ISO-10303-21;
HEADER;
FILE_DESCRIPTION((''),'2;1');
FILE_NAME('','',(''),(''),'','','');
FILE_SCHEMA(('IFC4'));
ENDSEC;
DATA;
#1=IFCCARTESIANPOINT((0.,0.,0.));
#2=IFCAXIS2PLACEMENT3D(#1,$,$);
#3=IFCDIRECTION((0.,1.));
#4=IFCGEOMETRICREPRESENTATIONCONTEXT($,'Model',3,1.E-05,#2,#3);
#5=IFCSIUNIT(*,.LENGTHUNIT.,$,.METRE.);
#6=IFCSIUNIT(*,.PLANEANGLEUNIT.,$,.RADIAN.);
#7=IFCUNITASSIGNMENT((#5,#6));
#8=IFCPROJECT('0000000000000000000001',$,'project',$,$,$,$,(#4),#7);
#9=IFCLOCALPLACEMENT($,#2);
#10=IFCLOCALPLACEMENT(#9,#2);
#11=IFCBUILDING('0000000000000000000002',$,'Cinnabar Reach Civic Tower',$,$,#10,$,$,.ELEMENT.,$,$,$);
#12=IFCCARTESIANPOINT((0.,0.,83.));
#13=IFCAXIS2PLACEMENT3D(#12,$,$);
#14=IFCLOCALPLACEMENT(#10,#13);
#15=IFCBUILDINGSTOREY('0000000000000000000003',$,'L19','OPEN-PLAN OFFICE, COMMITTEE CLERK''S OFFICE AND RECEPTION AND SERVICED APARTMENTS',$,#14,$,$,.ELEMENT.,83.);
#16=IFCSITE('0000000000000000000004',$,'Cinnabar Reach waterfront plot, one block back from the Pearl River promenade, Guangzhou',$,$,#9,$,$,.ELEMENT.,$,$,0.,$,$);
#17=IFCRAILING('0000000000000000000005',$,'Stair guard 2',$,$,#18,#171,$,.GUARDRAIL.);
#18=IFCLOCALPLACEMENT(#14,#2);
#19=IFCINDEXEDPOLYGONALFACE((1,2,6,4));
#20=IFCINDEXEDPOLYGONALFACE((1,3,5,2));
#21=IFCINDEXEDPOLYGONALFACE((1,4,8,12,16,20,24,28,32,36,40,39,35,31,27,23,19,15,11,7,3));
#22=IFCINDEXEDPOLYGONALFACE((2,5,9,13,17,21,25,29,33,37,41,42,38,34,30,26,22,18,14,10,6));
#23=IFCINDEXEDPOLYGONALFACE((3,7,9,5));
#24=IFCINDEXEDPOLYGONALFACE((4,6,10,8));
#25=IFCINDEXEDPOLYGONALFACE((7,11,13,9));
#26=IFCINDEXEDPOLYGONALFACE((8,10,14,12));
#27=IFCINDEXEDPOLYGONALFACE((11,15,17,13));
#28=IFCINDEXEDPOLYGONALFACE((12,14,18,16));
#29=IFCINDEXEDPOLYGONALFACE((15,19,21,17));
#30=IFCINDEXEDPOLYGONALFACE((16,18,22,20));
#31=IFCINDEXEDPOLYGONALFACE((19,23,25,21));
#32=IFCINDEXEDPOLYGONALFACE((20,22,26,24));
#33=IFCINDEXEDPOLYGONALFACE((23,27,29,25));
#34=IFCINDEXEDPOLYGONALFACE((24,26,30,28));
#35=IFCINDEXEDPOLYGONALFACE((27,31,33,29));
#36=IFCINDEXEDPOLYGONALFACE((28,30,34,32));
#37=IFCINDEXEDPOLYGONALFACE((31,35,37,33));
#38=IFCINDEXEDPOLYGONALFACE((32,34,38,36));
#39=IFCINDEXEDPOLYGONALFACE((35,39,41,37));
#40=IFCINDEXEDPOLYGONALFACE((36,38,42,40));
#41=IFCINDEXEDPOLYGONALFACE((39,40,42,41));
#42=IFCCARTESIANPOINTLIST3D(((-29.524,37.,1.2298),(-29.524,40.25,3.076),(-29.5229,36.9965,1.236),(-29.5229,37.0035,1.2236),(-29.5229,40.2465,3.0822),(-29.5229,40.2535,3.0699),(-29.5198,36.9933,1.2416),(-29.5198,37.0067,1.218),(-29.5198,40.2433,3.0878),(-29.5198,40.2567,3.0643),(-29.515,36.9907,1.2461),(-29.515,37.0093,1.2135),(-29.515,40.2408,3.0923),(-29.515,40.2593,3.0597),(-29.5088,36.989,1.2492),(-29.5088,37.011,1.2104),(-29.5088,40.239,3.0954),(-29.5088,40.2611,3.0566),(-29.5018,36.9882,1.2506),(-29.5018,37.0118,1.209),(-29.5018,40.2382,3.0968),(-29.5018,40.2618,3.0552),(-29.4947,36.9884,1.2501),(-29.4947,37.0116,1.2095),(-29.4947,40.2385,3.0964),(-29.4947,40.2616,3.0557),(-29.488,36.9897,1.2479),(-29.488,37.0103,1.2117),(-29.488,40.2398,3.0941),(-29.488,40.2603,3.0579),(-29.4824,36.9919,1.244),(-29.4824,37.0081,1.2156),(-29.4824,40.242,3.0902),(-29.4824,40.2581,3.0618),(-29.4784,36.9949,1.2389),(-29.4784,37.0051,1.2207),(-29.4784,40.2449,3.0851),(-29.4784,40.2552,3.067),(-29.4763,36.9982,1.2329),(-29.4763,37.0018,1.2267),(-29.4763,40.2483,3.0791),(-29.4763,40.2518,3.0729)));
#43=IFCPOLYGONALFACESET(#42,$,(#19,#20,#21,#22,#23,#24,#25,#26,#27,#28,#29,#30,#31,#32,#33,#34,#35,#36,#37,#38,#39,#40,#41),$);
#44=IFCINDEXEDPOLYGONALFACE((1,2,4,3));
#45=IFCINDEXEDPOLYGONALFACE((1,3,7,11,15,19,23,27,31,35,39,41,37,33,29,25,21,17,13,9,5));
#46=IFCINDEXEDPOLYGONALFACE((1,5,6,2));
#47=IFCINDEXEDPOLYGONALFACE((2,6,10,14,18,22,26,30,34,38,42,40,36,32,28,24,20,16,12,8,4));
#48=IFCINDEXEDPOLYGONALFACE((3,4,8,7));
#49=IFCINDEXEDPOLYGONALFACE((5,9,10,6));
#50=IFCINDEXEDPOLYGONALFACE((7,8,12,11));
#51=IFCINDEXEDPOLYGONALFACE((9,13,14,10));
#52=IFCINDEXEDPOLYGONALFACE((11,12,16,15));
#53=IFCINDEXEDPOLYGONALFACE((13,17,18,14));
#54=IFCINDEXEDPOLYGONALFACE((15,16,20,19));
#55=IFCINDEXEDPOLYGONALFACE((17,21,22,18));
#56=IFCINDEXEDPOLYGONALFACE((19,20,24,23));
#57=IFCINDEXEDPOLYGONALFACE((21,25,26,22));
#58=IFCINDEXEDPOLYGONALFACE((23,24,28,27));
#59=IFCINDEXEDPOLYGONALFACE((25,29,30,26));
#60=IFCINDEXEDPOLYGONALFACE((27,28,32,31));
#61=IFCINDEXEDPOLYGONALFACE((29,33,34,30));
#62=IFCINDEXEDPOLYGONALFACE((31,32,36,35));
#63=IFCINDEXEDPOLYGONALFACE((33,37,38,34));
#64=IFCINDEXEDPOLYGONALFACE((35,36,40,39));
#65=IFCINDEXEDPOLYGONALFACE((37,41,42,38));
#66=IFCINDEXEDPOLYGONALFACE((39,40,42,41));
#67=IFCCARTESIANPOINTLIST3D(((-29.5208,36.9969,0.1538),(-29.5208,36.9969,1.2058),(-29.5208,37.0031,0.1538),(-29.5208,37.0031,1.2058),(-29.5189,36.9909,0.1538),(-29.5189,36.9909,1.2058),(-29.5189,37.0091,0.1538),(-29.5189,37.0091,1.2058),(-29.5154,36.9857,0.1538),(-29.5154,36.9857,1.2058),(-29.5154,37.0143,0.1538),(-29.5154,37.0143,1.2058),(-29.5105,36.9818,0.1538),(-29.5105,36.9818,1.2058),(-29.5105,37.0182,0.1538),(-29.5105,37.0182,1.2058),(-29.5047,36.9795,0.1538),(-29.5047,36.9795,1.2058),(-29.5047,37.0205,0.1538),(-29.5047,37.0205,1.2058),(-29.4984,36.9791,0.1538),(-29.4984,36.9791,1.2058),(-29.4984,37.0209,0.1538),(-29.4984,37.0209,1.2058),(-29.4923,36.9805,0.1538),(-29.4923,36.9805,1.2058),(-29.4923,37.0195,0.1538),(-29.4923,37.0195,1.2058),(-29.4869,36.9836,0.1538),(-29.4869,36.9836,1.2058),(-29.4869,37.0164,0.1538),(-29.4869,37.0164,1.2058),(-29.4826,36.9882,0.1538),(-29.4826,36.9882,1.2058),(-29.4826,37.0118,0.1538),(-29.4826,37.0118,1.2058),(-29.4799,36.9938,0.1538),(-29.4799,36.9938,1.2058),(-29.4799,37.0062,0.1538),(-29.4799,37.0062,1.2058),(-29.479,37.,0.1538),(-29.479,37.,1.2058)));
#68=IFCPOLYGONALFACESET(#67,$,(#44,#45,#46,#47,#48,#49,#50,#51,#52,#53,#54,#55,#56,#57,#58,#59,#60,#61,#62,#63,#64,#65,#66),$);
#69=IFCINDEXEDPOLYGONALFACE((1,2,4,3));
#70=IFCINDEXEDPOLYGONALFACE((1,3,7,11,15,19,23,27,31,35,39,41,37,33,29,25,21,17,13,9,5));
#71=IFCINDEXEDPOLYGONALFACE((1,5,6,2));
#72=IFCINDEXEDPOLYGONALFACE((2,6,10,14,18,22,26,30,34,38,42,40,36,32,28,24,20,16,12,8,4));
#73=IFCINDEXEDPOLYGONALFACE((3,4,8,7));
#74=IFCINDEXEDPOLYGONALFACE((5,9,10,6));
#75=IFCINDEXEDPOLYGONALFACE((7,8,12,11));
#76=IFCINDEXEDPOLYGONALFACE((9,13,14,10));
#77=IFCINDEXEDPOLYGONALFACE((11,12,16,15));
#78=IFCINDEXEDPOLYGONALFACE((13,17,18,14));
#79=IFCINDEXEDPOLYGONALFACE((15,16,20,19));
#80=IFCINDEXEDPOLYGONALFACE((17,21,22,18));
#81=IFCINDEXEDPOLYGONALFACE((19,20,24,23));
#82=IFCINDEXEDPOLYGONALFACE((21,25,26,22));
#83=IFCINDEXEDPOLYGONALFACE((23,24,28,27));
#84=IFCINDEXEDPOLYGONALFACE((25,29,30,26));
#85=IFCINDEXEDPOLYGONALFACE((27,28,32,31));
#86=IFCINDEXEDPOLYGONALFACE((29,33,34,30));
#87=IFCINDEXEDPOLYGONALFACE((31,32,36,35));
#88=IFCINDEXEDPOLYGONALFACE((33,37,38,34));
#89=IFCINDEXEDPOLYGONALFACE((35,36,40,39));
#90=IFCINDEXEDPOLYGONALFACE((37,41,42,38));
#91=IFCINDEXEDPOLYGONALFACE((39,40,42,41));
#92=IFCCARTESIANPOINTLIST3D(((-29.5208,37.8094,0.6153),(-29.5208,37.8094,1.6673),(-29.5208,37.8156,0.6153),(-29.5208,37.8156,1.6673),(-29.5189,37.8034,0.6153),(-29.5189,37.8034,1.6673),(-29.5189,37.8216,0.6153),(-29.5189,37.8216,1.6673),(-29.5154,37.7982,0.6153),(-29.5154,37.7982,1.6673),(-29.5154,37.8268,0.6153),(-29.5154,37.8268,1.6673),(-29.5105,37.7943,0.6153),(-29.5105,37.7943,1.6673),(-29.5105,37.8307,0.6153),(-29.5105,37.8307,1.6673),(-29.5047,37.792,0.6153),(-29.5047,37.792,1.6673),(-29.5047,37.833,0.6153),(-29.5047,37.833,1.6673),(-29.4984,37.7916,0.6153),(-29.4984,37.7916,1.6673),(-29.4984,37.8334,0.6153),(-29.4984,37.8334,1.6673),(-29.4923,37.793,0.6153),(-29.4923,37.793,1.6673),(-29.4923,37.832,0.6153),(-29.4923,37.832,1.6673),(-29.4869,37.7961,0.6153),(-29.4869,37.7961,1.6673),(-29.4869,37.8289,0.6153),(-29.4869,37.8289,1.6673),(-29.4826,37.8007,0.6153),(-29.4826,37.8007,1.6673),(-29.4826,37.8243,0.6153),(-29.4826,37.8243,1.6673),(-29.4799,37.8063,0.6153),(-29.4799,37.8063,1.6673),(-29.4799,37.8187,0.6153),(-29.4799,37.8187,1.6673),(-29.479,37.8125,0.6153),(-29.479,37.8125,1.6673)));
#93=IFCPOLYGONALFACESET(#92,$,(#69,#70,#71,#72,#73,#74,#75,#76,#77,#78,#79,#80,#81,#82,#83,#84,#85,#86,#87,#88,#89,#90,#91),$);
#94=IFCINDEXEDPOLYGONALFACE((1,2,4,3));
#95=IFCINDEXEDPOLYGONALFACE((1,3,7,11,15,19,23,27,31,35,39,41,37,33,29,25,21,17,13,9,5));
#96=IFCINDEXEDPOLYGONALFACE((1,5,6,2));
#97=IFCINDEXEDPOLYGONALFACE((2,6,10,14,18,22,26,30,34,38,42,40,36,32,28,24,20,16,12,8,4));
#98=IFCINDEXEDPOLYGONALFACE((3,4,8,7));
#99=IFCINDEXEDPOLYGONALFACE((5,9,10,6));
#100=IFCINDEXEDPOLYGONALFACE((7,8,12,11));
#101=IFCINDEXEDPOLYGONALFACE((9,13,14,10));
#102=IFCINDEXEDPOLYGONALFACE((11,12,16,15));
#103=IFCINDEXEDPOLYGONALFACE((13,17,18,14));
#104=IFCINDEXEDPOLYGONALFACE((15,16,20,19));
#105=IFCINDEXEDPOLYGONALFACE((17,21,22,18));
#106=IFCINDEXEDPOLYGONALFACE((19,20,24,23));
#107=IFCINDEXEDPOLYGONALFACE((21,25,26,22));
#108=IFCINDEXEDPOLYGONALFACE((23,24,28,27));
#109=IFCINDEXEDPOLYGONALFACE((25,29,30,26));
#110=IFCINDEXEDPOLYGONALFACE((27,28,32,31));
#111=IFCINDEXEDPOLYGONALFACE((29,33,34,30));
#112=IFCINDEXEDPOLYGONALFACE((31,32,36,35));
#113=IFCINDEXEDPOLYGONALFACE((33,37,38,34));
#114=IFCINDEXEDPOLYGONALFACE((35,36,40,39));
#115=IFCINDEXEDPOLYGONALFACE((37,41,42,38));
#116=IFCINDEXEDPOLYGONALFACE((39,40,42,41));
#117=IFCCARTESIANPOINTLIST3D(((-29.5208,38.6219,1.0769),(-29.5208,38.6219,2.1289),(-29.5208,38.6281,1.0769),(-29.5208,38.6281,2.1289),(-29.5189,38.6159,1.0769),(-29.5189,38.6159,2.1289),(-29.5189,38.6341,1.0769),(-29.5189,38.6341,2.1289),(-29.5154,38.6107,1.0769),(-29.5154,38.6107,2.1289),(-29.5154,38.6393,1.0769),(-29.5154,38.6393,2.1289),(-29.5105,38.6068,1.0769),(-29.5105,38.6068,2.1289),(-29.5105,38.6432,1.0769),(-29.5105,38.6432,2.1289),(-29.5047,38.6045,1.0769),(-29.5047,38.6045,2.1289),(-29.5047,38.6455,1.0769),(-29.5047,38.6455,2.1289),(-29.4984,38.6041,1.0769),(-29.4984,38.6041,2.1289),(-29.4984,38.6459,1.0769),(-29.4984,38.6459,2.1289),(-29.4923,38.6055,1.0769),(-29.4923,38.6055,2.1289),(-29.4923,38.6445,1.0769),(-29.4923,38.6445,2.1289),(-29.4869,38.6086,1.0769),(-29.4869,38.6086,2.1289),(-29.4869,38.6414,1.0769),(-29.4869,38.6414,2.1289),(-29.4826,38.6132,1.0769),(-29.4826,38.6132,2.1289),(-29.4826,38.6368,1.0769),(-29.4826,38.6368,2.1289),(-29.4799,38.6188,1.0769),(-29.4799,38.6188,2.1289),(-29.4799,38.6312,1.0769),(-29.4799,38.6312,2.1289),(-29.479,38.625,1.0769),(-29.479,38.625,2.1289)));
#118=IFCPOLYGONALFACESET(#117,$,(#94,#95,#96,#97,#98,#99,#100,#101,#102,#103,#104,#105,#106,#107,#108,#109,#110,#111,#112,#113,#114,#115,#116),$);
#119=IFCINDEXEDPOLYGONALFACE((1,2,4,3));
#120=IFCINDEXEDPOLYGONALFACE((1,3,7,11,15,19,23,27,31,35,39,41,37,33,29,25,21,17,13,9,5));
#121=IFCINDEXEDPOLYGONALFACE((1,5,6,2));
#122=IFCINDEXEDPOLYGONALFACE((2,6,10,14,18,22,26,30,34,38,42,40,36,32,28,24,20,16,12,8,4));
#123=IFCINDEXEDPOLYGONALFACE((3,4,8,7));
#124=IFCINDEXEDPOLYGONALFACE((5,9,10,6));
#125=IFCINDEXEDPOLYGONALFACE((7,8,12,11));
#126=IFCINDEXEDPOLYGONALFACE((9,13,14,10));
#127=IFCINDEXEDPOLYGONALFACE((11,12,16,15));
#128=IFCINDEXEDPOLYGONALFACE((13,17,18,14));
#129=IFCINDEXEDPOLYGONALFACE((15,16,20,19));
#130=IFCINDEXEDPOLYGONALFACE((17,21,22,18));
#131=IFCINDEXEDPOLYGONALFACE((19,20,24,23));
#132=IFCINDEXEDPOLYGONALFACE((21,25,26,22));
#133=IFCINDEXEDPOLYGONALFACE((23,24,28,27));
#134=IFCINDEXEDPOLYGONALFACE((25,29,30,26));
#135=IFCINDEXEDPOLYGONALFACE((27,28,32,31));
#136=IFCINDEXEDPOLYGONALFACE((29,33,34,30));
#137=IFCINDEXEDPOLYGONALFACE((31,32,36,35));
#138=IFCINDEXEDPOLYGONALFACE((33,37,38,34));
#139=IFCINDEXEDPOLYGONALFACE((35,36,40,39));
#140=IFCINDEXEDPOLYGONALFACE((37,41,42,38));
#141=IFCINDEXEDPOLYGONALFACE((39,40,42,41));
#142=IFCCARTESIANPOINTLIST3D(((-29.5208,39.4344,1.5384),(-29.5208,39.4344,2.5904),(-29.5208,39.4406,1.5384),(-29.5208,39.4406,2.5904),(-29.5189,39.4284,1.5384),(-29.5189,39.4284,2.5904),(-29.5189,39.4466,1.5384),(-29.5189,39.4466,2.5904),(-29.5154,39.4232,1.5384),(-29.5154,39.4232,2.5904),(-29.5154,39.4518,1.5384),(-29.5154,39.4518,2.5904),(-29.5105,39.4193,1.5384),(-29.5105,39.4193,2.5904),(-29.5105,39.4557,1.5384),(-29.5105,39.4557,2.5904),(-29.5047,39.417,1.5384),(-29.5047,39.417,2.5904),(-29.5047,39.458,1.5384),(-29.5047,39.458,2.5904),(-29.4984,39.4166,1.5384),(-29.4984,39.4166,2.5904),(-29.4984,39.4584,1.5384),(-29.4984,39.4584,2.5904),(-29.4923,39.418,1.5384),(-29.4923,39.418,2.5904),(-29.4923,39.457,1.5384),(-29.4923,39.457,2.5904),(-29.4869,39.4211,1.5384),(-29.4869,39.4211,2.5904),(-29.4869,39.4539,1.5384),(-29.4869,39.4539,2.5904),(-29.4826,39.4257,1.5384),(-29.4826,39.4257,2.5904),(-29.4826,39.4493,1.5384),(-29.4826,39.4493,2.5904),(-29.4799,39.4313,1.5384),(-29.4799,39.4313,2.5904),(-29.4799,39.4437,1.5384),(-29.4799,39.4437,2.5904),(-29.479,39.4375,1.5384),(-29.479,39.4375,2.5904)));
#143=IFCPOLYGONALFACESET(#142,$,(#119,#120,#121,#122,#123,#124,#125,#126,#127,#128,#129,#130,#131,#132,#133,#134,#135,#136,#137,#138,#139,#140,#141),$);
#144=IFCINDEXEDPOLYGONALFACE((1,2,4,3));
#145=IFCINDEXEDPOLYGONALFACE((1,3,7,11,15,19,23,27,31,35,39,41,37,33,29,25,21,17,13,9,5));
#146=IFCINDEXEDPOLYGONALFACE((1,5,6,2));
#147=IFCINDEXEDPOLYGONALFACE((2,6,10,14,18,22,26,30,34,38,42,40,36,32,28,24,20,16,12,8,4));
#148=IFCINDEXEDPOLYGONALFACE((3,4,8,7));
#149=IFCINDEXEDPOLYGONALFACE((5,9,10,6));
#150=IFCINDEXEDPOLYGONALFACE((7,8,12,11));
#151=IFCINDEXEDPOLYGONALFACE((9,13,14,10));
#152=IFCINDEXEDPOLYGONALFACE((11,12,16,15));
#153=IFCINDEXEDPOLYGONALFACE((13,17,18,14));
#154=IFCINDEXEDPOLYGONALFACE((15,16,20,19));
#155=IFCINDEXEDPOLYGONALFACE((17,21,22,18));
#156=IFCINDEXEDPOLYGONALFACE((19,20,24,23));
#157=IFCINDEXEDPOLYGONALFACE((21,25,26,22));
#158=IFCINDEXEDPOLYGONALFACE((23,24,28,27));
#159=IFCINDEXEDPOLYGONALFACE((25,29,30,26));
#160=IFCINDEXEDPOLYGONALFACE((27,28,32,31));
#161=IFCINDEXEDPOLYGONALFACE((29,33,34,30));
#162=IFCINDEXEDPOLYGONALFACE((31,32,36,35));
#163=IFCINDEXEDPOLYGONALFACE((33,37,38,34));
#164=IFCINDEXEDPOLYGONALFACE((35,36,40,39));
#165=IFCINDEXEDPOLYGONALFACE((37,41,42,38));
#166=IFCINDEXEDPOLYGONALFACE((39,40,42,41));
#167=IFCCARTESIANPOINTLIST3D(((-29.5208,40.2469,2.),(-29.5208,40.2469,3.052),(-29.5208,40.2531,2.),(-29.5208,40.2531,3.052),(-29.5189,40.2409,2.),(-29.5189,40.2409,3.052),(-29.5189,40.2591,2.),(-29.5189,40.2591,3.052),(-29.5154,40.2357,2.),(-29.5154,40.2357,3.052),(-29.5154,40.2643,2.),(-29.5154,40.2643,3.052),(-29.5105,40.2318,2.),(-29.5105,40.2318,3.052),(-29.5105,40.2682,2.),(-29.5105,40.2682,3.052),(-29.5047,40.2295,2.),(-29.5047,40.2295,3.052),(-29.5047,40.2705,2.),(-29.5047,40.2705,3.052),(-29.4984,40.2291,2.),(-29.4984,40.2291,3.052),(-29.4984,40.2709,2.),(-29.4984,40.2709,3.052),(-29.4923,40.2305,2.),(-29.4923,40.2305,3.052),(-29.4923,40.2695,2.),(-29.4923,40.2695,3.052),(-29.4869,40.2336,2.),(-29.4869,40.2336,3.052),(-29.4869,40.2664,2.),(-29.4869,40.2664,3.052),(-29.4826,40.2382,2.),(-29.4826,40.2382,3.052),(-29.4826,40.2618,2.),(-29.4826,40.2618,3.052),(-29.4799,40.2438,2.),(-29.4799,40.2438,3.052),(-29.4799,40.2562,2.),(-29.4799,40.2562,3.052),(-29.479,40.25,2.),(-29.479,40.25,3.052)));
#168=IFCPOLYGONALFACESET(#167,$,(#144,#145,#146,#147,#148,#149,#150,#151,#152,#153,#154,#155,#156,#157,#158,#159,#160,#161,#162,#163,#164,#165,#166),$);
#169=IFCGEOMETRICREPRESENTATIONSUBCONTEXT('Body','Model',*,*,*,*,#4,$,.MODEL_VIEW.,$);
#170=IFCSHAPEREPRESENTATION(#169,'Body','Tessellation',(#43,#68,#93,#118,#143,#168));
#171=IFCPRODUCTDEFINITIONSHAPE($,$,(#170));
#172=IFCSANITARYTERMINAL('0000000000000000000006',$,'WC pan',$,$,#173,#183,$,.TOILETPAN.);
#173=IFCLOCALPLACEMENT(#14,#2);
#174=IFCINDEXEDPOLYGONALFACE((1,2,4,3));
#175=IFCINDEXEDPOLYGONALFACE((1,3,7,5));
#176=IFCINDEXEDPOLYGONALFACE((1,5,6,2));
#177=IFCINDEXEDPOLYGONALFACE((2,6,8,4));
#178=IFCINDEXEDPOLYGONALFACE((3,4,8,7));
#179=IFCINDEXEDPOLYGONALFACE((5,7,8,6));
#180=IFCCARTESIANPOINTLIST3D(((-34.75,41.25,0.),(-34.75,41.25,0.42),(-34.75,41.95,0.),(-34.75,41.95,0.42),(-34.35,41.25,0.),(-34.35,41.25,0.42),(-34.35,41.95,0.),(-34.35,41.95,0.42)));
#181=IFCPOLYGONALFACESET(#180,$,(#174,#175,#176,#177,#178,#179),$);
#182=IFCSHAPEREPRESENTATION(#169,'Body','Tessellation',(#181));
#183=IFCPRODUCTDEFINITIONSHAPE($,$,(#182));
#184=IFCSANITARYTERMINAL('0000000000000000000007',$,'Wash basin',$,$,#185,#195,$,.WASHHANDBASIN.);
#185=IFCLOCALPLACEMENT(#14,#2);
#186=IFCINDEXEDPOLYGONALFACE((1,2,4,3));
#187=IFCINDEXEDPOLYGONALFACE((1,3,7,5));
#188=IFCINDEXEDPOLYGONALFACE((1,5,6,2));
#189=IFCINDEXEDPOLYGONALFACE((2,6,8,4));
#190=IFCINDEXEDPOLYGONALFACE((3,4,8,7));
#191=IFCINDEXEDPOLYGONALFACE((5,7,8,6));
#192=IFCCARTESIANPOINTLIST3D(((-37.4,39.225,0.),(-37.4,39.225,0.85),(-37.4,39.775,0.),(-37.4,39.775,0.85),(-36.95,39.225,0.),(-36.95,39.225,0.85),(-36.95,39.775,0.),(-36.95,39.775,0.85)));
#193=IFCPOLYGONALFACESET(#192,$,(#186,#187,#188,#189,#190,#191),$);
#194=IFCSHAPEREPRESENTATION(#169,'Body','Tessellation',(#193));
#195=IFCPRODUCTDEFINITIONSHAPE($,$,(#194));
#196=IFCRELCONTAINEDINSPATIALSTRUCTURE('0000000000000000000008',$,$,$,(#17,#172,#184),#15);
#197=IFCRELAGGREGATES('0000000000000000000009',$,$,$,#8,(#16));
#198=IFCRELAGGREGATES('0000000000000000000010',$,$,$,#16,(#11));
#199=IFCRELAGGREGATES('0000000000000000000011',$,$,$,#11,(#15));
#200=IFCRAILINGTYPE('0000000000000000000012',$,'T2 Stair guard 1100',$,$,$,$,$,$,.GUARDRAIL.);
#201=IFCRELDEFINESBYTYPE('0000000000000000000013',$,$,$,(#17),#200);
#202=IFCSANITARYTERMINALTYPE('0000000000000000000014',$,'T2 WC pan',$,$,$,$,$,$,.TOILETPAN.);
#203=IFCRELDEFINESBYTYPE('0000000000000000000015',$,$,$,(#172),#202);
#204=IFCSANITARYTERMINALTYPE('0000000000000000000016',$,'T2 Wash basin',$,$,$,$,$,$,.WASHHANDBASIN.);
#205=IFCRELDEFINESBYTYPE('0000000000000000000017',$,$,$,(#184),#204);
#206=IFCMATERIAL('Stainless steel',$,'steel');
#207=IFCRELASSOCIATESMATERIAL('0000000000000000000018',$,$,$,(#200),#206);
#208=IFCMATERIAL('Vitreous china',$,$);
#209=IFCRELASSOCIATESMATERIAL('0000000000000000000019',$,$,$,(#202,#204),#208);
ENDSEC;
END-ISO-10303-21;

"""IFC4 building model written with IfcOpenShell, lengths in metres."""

from ifc_helpers import new_model, si_unit, direction, frame, origin, origin_2d, place, context, subcontext, project, spatial, rectangle, circle, extrude, material, type_object, element, save


model = new_model("IFC4")

# Units and contexts
model_context = context("Model", 3, precision=1e-05, world=origin(), true_north=direction((0.0, 1.0)))
body_context = subcontext(model_context, "Body", "Model", "MODEL_VIEW")
ifc_project = project(units=[si_unit("LENGTHUNIT", "METRE"), si_unit("PLANEANGLEUNIT", "RADIAN")], contexts=[model_context])

# Site, building, storey
site_placement = place(None, origin())
site = spatial("IfcSite", under=ifc_project, at=site_placement, Name="Cinnabar Reach waterfront plot, one block back from the Pearl River promenade, Guangzhou", CompositionType="ELEMENT", RefElevation=0.0)
building_placement = place(site_placement, origin())
building = spatial("IfcBuilding", under=site, at=building_placement, Name="Cinnabar Reach Civic Tower", CompositionType="ELEMENT")
storey_placement = place(building_placement, frame((0.0, 0.0, 83.0)))
storey = spatial("IfcBuildingStorey", under=building, at=storey_placement, Name="L19", Description="OPEN-PLAN OFFICE, COMMITTEE CLERK'S OFFICE AND RECEPTION AND SERVICED APARTMENTS", CompositionType="ELEMENT", Elevation=83.0)

# Railing
ifc_material_1 = material(Name="Stainless steel", Category="steel")
railing_type = type_object("IfcRailingType", Name="T2 Stair guard 1100", PredefinedType="GUARDRAIL", material=ifc_material_1)
railing_placement = place(storey_placement, frame((-29.5, 37.0, 0.1538)))
element("IfcRailing", 1, at=railing_placement, inside=storey, type_object=railing_type, Name="Stair guard 2", PredefinedType="GUARDRAIL", context=body_context, shape_type="SweptSolid", body=[
    extrude(circle(Radius=0.024, at=origin_2d()), frame((0.0, 0.0, 1.076), z_axis=(0.0, 0.869501, 0.49393), x_axis=(-1.0, 0.0, 0.0)), (0.0, 0.0, 1.0), 3.7378),
    extrude(circle(Radius=0.021, at=origin_2d()), origin(), (0.0, 0.0, 1.0), 1.052),
    extrude(circle(Radius=0.021, at=origin_2d()), frame((0.0, 0.8125, 0.4615)), (0.0, 0.0, 1.0), 1.052),
    extrude(circle(Radius=0.021, at=origin_2d()), frame((0.0, 1.625, 0.9231)), (0.0, 0.0, 1.0), 1.052),
    extrude(circle(Radius=0.021, at=origin_2d()), frame((0.0, 2.4375, 1.3846)), (0.0, 0.0, 1.0), 1.052),
    extrude(circle(Radius=0.021, at=origin_2d()), frame((0.0, 3.25, 1.8462)), (0.0, 0.0, 1.0), 1.052),
])

# Sanitary terminals
ifc_material_2 = material(Name="Vitreous china")
sanitary_terminal_type_1 = type_object("IfcSanitaryTerminalType", Name="T2 WC pan", PredefinedType="TOILETPAN", material=ifc_material_2)
sanitary_terminal_1_placement = place(storey_placement, frame((-34.55, 41.6, 0.0), z_axis=(0.0, 0.0, 1.0), x_axis=(1.0, 0.0, 0.0)))
element("IfcSanitaryTerminal", 2, at=sanitary_terminal_1_placement, inside=storey, type_object=sanitary_terminal_type_1, Name="WC pan", PredefinedType="TOILETPAN", context=body_context, shape_type="SweptSolid", body=[
    extrude(rectangle(XDim=0.4, YDim=0.7, at=origin_2d()), origin(), (0.0, 0.0, 1.0), 0.42),
])
sanitary_terminal_type_2 = type_object("IfcSanitaryTerminalType", Name="T2 Wash basin", PredefinedType="WASHHANDBASIN", material=ifc_material_2)
sanitary_terminal_2_placement = place(storey_placement, frame((-37.175, 39.5, 0.0), z_axis=(0.0, 0.0, 1.0), x_axis=(1.0, 0.0, 0.0)))
element("IfcSanitaryTerminal", 3, at=sanitary_terminal_2_placement, inside=storey, type_object=sanitary_terminal_type_2, Name="Wash basin", PredefinedType="WASHHANDBASIN", context=body_context, shape_type="SweptSolid", body=[
    extrude(rectangle(XDim=0.45, YDim=0.55, at=origin_2d()), origin(), (0.0, 0.0, 1.0), 0.85),
])

save(model, "model.ifc")
